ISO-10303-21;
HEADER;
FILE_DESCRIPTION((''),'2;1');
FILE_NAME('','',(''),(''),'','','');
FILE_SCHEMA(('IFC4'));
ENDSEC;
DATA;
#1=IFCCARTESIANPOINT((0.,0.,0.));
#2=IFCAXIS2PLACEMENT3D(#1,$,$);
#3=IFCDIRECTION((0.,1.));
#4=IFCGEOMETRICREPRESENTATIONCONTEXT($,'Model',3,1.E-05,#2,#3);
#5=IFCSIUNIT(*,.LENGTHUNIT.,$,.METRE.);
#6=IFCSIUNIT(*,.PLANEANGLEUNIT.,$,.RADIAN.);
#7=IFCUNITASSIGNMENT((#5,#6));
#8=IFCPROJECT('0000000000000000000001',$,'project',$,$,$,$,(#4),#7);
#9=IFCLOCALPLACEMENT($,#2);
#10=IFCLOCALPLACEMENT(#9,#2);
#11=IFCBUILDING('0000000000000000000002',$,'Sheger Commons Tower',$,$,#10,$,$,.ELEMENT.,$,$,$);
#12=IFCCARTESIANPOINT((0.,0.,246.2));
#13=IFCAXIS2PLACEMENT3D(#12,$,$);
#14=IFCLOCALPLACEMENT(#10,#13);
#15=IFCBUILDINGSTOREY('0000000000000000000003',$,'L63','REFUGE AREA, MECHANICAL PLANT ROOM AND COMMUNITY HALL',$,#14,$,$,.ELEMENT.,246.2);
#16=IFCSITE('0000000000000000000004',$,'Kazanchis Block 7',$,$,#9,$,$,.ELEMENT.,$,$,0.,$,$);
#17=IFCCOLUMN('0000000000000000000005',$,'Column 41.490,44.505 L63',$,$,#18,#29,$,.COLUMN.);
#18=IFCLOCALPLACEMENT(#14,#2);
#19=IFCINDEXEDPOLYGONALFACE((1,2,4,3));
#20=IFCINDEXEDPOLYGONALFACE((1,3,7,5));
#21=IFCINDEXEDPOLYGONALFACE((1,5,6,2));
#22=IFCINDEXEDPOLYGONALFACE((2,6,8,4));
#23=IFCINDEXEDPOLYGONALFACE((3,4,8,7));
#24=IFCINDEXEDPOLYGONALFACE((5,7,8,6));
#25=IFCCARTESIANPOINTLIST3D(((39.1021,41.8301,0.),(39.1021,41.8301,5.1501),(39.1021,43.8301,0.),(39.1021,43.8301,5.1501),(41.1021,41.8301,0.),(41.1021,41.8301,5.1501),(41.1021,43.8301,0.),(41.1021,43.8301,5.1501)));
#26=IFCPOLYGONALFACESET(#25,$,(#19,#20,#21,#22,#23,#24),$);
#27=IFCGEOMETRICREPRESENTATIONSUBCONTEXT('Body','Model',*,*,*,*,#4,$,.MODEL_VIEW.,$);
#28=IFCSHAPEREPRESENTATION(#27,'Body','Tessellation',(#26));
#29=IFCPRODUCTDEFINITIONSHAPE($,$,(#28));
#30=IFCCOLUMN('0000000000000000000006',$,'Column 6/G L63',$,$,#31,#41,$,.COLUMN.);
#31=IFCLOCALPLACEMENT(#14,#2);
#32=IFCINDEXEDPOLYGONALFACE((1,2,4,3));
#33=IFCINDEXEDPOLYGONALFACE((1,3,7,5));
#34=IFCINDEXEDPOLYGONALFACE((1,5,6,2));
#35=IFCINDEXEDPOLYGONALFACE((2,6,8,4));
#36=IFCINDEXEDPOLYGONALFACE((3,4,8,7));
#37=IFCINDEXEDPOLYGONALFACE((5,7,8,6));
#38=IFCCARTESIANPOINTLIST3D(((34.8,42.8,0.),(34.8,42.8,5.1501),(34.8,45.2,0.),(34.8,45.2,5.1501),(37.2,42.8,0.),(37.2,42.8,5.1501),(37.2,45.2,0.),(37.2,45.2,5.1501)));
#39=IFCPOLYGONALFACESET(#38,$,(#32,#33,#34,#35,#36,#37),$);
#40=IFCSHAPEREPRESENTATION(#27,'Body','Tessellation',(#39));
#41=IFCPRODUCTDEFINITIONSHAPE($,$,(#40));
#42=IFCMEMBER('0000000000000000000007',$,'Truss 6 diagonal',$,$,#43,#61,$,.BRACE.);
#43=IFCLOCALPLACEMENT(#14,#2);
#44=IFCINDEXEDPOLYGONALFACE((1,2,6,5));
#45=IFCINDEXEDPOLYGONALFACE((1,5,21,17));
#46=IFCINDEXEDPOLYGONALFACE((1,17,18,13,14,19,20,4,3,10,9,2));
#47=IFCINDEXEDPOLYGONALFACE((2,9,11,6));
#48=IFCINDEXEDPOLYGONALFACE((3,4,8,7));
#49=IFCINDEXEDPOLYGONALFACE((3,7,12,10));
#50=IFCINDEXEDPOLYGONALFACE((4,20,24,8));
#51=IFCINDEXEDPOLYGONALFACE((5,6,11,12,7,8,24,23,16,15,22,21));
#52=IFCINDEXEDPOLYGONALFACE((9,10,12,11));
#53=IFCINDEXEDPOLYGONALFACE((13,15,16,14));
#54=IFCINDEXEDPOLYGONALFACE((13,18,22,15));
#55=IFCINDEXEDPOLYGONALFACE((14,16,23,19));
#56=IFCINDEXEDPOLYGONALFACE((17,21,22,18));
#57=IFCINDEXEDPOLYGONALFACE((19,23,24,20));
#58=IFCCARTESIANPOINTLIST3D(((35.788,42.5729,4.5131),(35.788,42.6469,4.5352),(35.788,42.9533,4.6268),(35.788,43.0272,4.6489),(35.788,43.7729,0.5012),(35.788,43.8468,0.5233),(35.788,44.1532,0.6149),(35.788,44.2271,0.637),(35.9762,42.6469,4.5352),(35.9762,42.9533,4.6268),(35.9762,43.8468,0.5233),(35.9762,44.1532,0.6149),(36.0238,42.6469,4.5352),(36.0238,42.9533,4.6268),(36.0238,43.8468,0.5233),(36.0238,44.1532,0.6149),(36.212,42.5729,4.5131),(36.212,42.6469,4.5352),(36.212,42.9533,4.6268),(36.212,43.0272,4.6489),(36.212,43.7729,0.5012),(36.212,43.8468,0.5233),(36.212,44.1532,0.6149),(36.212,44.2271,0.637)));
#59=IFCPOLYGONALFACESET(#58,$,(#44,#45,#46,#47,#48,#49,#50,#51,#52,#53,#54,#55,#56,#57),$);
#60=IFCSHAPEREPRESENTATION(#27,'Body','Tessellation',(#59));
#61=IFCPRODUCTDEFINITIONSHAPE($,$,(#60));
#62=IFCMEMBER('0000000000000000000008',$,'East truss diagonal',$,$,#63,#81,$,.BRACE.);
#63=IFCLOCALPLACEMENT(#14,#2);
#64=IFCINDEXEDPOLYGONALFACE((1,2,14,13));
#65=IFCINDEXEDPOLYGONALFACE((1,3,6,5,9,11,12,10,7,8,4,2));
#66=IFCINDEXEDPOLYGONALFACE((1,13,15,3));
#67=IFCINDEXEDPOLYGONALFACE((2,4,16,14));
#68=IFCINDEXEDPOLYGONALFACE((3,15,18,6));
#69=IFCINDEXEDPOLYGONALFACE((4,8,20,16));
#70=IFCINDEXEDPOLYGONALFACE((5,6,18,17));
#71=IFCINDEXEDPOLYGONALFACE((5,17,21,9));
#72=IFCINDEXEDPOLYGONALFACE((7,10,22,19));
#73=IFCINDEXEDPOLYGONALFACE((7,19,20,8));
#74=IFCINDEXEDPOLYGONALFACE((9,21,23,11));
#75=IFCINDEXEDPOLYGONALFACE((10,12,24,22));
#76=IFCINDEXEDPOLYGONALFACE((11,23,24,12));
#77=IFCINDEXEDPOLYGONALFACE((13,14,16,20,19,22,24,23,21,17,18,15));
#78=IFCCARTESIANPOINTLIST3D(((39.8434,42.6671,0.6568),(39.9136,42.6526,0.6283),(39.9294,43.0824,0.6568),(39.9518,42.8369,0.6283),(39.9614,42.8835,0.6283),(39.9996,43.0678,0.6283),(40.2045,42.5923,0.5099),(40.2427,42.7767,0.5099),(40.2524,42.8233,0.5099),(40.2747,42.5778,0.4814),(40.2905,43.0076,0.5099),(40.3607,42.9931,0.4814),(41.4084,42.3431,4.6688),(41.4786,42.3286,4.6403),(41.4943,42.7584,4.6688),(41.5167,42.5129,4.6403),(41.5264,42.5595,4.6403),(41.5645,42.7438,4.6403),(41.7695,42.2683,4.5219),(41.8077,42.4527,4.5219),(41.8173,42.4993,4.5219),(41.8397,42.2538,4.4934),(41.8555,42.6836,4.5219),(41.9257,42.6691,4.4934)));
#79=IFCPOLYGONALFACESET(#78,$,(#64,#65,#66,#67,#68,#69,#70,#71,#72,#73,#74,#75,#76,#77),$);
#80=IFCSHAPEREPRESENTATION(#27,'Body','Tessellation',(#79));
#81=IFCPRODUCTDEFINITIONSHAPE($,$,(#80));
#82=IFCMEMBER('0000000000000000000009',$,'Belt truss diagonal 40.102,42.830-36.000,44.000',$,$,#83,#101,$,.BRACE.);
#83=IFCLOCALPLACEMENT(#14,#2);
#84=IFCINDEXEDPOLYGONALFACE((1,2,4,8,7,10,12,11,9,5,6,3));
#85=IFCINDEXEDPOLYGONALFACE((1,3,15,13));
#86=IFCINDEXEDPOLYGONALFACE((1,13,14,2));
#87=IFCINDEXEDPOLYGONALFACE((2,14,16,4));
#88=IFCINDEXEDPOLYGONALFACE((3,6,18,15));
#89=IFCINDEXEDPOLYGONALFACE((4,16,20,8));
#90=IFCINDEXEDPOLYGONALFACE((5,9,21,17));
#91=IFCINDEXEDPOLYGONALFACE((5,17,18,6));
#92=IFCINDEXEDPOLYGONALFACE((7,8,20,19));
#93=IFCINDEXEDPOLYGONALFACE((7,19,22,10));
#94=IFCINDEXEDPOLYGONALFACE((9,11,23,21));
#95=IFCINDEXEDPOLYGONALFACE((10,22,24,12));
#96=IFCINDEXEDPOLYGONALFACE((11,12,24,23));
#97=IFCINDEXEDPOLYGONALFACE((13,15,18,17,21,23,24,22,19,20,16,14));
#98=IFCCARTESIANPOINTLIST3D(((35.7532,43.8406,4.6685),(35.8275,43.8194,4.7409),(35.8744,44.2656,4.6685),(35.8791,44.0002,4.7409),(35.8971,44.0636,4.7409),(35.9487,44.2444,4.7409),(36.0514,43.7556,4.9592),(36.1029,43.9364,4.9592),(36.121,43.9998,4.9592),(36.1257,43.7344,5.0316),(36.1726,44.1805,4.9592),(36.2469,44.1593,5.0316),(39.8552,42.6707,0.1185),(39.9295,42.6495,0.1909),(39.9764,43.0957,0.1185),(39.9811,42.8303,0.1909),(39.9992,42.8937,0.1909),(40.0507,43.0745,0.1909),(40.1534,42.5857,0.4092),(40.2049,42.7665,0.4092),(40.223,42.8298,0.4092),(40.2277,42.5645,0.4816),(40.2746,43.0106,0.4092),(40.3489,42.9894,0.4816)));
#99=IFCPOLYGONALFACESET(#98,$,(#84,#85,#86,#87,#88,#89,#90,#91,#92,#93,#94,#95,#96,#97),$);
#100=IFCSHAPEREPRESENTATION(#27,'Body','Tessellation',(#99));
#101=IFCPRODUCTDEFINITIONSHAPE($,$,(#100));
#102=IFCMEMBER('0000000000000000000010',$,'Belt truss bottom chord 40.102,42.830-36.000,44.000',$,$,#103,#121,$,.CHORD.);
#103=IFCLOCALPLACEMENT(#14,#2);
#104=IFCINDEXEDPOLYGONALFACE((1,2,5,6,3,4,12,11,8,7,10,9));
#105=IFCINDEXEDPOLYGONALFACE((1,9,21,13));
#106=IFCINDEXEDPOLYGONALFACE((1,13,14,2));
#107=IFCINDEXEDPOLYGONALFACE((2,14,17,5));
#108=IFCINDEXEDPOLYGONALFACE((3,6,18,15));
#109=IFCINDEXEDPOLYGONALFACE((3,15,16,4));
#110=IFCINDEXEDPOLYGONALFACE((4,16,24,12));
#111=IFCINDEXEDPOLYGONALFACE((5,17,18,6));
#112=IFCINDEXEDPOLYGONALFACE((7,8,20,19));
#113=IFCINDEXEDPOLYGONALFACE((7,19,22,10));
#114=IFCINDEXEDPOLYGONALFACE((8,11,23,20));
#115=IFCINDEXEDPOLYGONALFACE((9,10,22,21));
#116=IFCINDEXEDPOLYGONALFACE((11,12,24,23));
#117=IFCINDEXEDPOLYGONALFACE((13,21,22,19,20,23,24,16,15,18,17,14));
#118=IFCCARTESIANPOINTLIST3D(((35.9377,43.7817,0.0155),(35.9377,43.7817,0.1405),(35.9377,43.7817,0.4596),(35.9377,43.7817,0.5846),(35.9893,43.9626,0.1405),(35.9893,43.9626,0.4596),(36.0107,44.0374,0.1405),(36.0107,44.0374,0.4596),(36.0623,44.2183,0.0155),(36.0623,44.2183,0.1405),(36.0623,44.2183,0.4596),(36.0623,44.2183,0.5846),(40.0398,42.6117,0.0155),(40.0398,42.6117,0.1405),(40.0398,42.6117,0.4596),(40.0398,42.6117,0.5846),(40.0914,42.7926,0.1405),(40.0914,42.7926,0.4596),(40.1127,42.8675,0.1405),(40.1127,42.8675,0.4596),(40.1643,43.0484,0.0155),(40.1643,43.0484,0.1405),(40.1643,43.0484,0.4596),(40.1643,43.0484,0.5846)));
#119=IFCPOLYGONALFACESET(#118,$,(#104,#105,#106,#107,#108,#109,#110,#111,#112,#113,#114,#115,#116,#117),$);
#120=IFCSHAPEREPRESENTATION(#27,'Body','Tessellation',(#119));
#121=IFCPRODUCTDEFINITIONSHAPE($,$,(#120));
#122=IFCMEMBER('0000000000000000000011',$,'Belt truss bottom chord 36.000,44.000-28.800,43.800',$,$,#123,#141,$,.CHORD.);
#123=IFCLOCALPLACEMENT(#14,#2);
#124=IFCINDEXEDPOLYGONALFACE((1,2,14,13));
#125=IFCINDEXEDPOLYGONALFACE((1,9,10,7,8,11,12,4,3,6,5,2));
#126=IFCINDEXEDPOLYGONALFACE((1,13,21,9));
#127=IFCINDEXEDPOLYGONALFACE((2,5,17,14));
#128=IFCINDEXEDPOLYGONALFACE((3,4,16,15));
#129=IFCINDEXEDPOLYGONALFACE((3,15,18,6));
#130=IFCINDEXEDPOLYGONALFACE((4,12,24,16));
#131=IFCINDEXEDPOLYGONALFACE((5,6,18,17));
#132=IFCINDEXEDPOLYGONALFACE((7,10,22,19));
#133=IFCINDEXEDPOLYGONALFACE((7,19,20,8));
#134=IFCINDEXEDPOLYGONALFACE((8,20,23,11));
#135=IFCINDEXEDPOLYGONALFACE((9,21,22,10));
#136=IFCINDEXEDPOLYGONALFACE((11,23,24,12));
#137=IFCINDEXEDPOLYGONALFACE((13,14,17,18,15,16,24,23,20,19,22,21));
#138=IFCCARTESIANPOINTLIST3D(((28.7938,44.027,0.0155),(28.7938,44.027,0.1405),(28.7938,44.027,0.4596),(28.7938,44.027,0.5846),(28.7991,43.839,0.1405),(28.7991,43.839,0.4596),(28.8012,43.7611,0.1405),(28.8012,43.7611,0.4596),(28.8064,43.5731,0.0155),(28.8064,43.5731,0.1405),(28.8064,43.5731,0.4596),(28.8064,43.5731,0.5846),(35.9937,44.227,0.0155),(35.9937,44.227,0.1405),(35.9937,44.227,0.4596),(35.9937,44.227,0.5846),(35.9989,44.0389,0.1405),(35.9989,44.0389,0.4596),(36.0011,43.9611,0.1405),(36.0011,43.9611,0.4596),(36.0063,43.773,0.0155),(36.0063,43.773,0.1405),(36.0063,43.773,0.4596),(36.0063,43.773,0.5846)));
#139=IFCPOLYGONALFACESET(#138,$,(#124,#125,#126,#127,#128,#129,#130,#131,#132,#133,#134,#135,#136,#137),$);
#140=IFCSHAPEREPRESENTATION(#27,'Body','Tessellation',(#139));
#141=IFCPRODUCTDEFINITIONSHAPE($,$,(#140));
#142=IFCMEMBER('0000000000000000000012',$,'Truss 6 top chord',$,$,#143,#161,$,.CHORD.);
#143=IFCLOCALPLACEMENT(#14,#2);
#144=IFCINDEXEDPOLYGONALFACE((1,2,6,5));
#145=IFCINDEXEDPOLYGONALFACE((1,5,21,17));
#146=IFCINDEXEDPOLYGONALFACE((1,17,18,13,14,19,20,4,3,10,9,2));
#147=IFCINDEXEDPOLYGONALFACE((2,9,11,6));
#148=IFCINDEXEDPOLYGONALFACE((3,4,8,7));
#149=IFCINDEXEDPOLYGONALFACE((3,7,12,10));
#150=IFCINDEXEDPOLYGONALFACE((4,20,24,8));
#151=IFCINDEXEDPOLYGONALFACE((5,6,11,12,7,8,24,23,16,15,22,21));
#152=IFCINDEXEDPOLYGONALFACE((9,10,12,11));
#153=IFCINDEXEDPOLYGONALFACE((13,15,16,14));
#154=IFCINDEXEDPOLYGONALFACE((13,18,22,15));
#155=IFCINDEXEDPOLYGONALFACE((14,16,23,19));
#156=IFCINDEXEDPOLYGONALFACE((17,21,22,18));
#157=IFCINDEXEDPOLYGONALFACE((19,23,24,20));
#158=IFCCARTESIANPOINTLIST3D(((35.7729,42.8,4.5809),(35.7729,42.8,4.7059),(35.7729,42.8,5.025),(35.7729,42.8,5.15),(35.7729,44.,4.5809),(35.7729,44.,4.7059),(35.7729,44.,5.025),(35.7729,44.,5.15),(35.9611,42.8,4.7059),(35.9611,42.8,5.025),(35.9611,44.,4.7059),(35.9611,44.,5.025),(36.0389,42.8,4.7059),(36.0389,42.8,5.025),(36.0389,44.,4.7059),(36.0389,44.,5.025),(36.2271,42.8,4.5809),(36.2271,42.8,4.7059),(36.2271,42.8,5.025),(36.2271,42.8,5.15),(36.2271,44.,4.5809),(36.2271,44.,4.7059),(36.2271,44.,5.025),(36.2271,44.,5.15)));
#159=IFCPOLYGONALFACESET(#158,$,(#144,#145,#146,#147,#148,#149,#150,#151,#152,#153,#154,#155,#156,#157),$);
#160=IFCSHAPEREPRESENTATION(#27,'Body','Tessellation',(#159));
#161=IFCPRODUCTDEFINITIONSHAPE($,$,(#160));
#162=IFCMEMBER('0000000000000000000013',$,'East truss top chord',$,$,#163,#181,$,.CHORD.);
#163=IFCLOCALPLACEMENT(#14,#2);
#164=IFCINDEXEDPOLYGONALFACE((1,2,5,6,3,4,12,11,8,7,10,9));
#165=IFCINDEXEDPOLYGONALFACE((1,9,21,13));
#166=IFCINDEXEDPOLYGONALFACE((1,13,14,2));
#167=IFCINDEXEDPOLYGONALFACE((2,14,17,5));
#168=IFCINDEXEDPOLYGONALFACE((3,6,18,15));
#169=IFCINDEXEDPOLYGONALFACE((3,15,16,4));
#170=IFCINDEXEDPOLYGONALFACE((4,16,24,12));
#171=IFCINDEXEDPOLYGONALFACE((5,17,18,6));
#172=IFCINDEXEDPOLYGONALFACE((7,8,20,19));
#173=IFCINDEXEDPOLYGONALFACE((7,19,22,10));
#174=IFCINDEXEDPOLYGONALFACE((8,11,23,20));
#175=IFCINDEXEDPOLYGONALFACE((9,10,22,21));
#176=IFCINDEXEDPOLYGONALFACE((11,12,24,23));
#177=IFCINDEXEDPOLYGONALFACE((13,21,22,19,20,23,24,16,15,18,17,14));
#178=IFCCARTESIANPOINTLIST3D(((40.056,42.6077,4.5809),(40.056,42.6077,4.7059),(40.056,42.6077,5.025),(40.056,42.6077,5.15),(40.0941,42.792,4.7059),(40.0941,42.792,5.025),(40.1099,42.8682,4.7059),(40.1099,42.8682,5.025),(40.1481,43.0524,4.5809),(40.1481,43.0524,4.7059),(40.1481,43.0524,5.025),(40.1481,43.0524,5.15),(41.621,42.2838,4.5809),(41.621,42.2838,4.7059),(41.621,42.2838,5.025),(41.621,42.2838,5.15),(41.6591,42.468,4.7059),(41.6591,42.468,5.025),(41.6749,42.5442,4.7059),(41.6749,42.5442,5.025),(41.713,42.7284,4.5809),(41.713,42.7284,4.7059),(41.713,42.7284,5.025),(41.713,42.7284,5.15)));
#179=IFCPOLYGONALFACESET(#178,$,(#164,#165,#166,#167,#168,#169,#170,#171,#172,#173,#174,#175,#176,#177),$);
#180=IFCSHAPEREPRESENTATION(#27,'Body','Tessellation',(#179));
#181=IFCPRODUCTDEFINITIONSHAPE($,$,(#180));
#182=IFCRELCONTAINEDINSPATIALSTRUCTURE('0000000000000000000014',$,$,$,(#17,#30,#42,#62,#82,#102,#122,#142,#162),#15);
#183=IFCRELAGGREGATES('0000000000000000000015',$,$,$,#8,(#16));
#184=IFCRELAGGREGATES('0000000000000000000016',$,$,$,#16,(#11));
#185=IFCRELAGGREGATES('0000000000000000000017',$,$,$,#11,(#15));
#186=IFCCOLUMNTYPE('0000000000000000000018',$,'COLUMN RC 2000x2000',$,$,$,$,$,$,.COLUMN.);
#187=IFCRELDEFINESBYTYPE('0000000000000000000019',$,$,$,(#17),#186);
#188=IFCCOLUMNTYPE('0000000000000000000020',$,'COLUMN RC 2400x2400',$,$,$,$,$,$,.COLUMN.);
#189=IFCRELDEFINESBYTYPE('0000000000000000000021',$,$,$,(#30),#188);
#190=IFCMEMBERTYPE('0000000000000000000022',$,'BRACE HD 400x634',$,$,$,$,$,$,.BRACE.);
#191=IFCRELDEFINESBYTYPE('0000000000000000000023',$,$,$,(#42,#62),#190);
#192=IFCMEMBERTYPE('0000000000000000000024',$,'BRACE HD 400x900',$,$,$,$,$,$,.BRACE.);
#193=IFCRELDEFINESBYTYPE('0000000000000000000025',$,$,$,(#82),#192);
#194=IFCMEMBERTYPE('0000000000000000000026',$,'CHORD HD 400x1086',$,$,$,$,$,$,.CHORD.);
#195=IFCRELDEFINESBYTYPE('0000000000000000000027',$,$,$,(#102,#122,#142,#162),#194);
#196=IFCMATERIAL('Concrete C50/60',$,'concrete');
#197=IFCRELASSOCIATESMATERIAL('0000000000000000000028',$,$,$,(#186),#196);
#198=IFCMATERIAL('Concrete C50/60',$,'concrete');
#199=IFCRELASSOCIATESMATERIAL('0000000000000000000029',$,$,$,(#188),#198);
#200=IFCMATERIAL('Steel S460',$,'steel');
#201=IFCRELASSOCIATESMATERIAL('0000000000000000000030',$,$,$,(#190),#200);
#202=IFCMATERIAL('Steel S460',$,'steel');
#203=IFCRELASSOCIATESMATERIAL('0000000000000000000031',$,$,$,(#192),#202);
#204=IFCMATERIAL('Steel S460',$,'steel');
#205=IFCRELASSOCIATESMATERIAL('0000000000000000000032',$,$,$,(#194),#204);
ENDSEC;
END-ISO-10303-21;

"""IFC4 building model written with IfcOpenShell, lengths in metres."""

from ifc_helpers import new_model, si_unit, direction, frame, origin, origin_2d, place, context, subcontext, project, spatial, rectangle, i_section, extrude, material, material_profile, profile_set, type_object, element, save


model = new_model("IFC4")

# Units and contexts
model_context = context("Model", 3, precision=1e-05, world=origin(), true_north=direction((0.0, 1.0)))
body_context = subcontext(model_context, "Body", "Model", "MODEL_VIEW")
ifc_project = project(units=[si_unit("LENGTHUNIT", "METRE"), si_unit("PLANEANGLEUNIT", "RADIAN")], contexts=[model_context])

# Site, building, storey
site_placement = place(None, origin())
site = spatial("IfcSite", under=ifc_project, at=site_placement, Name="Kazanchis Block 7", CompositionType="ELEMENT", RefElevation=0.0)
building_placement = place(site_placement, origin())
building = spatial("IfcBuilding", under=site, at=building_placement, Name="Sheger Commons Tower", CompositionType="ELEMENT")
storey_placement = place(building_placement, frame((0.0, 0.0, 246.2)))
storey = spatial("IfcBuildingStorey", under=building, at=storey_placement, Name="L63", Description="REFUGE AREA, MECHANICAL PLANT ROOM AND COMMUNITY HALL", CompositionType="ELEMENT", Elevation=246.2)

# Columns
ifc_material_1 = material(Name="Concrete C50/60", Category="concrete")
ifc_material_profile_1 = material_profile(ifc_material_1, rectangle(XDim=2.0, YDim=2.0, at=origin_2d()), Name="RC 2000x2000")
ifc_profile_set_1 = profile_set([ifc_material_profile_1], Name="Concrete C50/60")
column_type_1 = type_object("IfcColumnType", Name="COLUMN RC 2000x2000", PredefinedType="COLUMN", material=ifc_profile_set_1)
column_1_placement = place(storey_placement, frame((40.1021, 42.8301, 0.0), z_axis=(0.0, 0.0, 1.0), x_axis=(1.0, 0.0, 0.0)))
element("IfcColumn", 1, at=column_1_placement, inside=storey, type_object=column_type_1, Name="Column 41.490,44.505 L63", PredefinedType="COLUMN", context=body_context, shape_type="SweptSolid", body=[
    extrude(rectangle(XDim=2.0, YDim=2.0, at=origin_2d()), origin(), (0.0, 0.0, 1.0), 5.1501),
])
ifc_material_2 = material(Name="Concrete C50/60", Category="concrete")
ifc_material_profile_2 = material_profile(ifc_material_2, rectangle(XDim=2.3999, YDim=2.3999, at=origin_2d()), Name="RC 2400x2400")
ifc_profile_set_2 = profile_set([ifc_material_profile_2], Name="Concrete C50/60")
column_type_2 = type_object("IfcColumnType", Name="COLUMN RC 2400x2400", PredefinedType="COLUMN", material=ifc_profile_set_2)
column_2_placement = place(storey_placement, frame((36.0, 44.0, 0.0), z_axis=(0.0, 0.0, 1.0), x_axis=(1.0, 0.0, 0.0)))
element("IfcColumn", 2, at=column_2_placement, inside=storey, type_object=column_type_2, Name="Column 6/G L63", PredefinedType="COLUMN", context=body_context, shape_type="SweptSolid", body=[
    extrude(rectangle(XDim=2.3999, YDim=2.3999, at=origin_2d()), origin(), (0.0, 0.0, 1.0), 5.1501),
])

# Members
ifc_material_3 = material(Name="Steel S460", Category="steel")
ifc_material_profile_3 = material_profile(ifc_material_3, i_section(OverallWidth=0.4241, OverallDepth=0.4741, WebThickness=0.0476, FlangeThickness=0.0771, at=origin_2d()), Name="HD 400x634")
ifc_profile_set_3 = profile_set([ifc_material_profile_3], Name="Steel S460")
member_type_1 = type_object("IfcMemberType", Name="BRACE HD 400x634", PredefinedType="BRACE", material=ifc_profile_set_3)
member_1_placement = place(storey_placement, frame((36.0, 44.0, 0.5691), z_axis=(0.0, -0.286551, 0.958065), x_axis=(1.0, 0.0, 0.0)))
element("IfcMember", 3, at=member_1_placement, inside=storey, type_object=member_type_1, Name="Truss 6 diagonal", PredefinedType="BRACE", context=body_context, shape_type="SweptSolid", body=[
    extrude(i_section(OverallWidth=0.4241, OverallDepth=0.4741, WebThickness=0.0476, FlangeThickness=0.0771, at=origin_2d()), origin(), (0.0, 0.0, 1.0), 4.1875),
])
member_2_placement = place(storey_placement, frame((40.1021, 42.8301, 0.5691), z_axis=(0.362377, -0.075019, 0.929008), x_axis=(0.202722, 0.979236, 0.0)))
element("IfcMember", 4, at=member_2_placement, inside=storey, type_object=member_type_1, Name="East truss diagonal", PredefinedType="BRACE", context=body_context, shape_type="SweptSolid", body=[
    extrude(i_section(OverallWidth=0.4241, OverallDepth=0.4741, WebThickness=0.0476, FlangeThickness=0.0771, at=origin_2d()), origin(), (0.0, 0.0, 1.0), 4.3186),
])
ifc_material_4 = material(Name="Steel S460", Category="steel")
ifc_material_profile_4 = material_profile(ifc_material_4, i_section(OverallWidth=0.4419, OverallDepth=0.531, WebThickness=0.0659, FlangeThickness=0.106, at=origin_2d()), Name="HD 400x900")
ifc_profile_set_4 = profile_set([ifc_material_profile_4], Name="Steel S460")
member_type_2 = type_object("IfcMemberType", Name="BRACE HD 400x900", PredefinedType="BRACE", material=ifc_profile_set_4)
member_3_placement = place(storey_placement, frame((40.1021, 42.8301, 0.3), z_axis=(-0.65771, 0.187582, 0.729541), x_axis=(-0.274268, -0.961653, 0.0)))
element("IfcMember", 5, at=member_3_placement, inside=storey, type_object=member_type_2, Name="Belt truss diagonal 40.102,42.830-36.000,44.000", PredefinedType="BRACE", context=body_context, shape_type="SweptSolid", body=[
    extrude(i_section(OverallWidth=0.4419, OverallDepth=0.531, WebThickness=0.0659, FlangeThickness=0.106, at=origin_2d()), origin(), (0.0, 0.0, 1.0), 6.2368),
])
ifc_material_5 = material(Name="Steel S460", Category="steel")
ifc_material_profile_5 = material_profile(ifc_material_5, i_section(OverallWidth=0.4541, OverallDepth=0.5691, WebThickness=0.0779, FlangeThickness=0.125, at=origin_2d()), Name="HD 400x1086")
ifc_profile_set_5 = profile_set([ifc_material_profile_5], Name="Steel S460")
member_type_3 = type_object("IfcMemberType", Name="CHORD HD 400x1086", PredefinedType="CHORD", material=ifc_profile_set_5)
member_4_placement = place(storey_placement, frame((40.1021, 42.8301, 0.3), z_axis=(-0.961653, 0.274268, 0.0), x_axis=(-0.274268, -0.961653, 0.0)))
element("IfcMember", 6, at=member_4_placement, inside=storey, type_object=member_type_3, Name="Belt truss bottom chord 40.102,42.830-36.000,44.000", PredefinedType="CHORD", context=body_context, shape_type="SweptSolid", body=[
    extrude(i_section(OverallWidth=0.4541, OverallDepth=0.5691, WebThickness=0.0779, FlangeThickness=0.125, at=origin_2d()), origin(), (0.0, 0.0, 1.0), 4.2656),
])
member_5_placement = place(storey_placement, frame((36.0, 44.0, 0.3), z_axis=(-0.999615, -0.02776, 0.0), x_axis=(0.02776, -0.999615, 0.0)))
element("IfcMember", 7, at=member_5_placement, inside=storey, type_object=member_type_3, Name="Belt truss bottom chord 36.000,44.000-28.800,43.800", PredefinedType="CHORD", context=body_context, shape_type="SweptSolid", body=[
    extrude(i_section(OverallWidth=0.4541, OverallDepth=0.5691, WebThickness=0.0779, FlangeThickness=0.125, at=origin_2d()), origin(), (0.0, 0.0, 1.0), 7.2026),
])
member_6_placement = place(storey_placement, frame((36.0, 42.8, 4.8655), z_axis=(0.0, 1.0, 0.0), x_axis=(-1.0, 0.0, 0.0)))
element("IfcMember", 8, at=member_6_placement, inside=storey, type_object=member_type_3, Name="Truss 6 top chord", PredefinedType="CHORD", context=body_context, shape_type="SweptSolid", body=[
    extrude(i_section(OverallWidth=0.4541, OverallDepth=0.5691, WebThickness=0.0779, FlangeThickness=0.125, at=origin_2d()), origin(), (0.0, 0.0, 1.0), 1.2),
])
for number, where, z_axis, x_axis, name in (
    (9, (41.667, 42.5061, 4.8655), (-0.979236, 0.202722, 0.0), (-0.202722, -0.979236, 0.0), "East truss top chord"),
):
    element("IfcMember", number, at=place(storey_placement, frame(where, z_axis=z_axis, x_axis=x_axis)), inside=storey, type_object=member_type_3, Name=name, PredefinedType="CHORD", context=body_context, shape_type="SweptSolid", body=[
        extrude(i_section(OverallWidth=0.4541, OverallDepth=0.5691, WebThickness=0.0779, FlangeThickness=0.125, at=origin_2d()), origin(), (0.0, 0.0, 1.0), 1.5981),
    ])

save(model, "model.ifc")
